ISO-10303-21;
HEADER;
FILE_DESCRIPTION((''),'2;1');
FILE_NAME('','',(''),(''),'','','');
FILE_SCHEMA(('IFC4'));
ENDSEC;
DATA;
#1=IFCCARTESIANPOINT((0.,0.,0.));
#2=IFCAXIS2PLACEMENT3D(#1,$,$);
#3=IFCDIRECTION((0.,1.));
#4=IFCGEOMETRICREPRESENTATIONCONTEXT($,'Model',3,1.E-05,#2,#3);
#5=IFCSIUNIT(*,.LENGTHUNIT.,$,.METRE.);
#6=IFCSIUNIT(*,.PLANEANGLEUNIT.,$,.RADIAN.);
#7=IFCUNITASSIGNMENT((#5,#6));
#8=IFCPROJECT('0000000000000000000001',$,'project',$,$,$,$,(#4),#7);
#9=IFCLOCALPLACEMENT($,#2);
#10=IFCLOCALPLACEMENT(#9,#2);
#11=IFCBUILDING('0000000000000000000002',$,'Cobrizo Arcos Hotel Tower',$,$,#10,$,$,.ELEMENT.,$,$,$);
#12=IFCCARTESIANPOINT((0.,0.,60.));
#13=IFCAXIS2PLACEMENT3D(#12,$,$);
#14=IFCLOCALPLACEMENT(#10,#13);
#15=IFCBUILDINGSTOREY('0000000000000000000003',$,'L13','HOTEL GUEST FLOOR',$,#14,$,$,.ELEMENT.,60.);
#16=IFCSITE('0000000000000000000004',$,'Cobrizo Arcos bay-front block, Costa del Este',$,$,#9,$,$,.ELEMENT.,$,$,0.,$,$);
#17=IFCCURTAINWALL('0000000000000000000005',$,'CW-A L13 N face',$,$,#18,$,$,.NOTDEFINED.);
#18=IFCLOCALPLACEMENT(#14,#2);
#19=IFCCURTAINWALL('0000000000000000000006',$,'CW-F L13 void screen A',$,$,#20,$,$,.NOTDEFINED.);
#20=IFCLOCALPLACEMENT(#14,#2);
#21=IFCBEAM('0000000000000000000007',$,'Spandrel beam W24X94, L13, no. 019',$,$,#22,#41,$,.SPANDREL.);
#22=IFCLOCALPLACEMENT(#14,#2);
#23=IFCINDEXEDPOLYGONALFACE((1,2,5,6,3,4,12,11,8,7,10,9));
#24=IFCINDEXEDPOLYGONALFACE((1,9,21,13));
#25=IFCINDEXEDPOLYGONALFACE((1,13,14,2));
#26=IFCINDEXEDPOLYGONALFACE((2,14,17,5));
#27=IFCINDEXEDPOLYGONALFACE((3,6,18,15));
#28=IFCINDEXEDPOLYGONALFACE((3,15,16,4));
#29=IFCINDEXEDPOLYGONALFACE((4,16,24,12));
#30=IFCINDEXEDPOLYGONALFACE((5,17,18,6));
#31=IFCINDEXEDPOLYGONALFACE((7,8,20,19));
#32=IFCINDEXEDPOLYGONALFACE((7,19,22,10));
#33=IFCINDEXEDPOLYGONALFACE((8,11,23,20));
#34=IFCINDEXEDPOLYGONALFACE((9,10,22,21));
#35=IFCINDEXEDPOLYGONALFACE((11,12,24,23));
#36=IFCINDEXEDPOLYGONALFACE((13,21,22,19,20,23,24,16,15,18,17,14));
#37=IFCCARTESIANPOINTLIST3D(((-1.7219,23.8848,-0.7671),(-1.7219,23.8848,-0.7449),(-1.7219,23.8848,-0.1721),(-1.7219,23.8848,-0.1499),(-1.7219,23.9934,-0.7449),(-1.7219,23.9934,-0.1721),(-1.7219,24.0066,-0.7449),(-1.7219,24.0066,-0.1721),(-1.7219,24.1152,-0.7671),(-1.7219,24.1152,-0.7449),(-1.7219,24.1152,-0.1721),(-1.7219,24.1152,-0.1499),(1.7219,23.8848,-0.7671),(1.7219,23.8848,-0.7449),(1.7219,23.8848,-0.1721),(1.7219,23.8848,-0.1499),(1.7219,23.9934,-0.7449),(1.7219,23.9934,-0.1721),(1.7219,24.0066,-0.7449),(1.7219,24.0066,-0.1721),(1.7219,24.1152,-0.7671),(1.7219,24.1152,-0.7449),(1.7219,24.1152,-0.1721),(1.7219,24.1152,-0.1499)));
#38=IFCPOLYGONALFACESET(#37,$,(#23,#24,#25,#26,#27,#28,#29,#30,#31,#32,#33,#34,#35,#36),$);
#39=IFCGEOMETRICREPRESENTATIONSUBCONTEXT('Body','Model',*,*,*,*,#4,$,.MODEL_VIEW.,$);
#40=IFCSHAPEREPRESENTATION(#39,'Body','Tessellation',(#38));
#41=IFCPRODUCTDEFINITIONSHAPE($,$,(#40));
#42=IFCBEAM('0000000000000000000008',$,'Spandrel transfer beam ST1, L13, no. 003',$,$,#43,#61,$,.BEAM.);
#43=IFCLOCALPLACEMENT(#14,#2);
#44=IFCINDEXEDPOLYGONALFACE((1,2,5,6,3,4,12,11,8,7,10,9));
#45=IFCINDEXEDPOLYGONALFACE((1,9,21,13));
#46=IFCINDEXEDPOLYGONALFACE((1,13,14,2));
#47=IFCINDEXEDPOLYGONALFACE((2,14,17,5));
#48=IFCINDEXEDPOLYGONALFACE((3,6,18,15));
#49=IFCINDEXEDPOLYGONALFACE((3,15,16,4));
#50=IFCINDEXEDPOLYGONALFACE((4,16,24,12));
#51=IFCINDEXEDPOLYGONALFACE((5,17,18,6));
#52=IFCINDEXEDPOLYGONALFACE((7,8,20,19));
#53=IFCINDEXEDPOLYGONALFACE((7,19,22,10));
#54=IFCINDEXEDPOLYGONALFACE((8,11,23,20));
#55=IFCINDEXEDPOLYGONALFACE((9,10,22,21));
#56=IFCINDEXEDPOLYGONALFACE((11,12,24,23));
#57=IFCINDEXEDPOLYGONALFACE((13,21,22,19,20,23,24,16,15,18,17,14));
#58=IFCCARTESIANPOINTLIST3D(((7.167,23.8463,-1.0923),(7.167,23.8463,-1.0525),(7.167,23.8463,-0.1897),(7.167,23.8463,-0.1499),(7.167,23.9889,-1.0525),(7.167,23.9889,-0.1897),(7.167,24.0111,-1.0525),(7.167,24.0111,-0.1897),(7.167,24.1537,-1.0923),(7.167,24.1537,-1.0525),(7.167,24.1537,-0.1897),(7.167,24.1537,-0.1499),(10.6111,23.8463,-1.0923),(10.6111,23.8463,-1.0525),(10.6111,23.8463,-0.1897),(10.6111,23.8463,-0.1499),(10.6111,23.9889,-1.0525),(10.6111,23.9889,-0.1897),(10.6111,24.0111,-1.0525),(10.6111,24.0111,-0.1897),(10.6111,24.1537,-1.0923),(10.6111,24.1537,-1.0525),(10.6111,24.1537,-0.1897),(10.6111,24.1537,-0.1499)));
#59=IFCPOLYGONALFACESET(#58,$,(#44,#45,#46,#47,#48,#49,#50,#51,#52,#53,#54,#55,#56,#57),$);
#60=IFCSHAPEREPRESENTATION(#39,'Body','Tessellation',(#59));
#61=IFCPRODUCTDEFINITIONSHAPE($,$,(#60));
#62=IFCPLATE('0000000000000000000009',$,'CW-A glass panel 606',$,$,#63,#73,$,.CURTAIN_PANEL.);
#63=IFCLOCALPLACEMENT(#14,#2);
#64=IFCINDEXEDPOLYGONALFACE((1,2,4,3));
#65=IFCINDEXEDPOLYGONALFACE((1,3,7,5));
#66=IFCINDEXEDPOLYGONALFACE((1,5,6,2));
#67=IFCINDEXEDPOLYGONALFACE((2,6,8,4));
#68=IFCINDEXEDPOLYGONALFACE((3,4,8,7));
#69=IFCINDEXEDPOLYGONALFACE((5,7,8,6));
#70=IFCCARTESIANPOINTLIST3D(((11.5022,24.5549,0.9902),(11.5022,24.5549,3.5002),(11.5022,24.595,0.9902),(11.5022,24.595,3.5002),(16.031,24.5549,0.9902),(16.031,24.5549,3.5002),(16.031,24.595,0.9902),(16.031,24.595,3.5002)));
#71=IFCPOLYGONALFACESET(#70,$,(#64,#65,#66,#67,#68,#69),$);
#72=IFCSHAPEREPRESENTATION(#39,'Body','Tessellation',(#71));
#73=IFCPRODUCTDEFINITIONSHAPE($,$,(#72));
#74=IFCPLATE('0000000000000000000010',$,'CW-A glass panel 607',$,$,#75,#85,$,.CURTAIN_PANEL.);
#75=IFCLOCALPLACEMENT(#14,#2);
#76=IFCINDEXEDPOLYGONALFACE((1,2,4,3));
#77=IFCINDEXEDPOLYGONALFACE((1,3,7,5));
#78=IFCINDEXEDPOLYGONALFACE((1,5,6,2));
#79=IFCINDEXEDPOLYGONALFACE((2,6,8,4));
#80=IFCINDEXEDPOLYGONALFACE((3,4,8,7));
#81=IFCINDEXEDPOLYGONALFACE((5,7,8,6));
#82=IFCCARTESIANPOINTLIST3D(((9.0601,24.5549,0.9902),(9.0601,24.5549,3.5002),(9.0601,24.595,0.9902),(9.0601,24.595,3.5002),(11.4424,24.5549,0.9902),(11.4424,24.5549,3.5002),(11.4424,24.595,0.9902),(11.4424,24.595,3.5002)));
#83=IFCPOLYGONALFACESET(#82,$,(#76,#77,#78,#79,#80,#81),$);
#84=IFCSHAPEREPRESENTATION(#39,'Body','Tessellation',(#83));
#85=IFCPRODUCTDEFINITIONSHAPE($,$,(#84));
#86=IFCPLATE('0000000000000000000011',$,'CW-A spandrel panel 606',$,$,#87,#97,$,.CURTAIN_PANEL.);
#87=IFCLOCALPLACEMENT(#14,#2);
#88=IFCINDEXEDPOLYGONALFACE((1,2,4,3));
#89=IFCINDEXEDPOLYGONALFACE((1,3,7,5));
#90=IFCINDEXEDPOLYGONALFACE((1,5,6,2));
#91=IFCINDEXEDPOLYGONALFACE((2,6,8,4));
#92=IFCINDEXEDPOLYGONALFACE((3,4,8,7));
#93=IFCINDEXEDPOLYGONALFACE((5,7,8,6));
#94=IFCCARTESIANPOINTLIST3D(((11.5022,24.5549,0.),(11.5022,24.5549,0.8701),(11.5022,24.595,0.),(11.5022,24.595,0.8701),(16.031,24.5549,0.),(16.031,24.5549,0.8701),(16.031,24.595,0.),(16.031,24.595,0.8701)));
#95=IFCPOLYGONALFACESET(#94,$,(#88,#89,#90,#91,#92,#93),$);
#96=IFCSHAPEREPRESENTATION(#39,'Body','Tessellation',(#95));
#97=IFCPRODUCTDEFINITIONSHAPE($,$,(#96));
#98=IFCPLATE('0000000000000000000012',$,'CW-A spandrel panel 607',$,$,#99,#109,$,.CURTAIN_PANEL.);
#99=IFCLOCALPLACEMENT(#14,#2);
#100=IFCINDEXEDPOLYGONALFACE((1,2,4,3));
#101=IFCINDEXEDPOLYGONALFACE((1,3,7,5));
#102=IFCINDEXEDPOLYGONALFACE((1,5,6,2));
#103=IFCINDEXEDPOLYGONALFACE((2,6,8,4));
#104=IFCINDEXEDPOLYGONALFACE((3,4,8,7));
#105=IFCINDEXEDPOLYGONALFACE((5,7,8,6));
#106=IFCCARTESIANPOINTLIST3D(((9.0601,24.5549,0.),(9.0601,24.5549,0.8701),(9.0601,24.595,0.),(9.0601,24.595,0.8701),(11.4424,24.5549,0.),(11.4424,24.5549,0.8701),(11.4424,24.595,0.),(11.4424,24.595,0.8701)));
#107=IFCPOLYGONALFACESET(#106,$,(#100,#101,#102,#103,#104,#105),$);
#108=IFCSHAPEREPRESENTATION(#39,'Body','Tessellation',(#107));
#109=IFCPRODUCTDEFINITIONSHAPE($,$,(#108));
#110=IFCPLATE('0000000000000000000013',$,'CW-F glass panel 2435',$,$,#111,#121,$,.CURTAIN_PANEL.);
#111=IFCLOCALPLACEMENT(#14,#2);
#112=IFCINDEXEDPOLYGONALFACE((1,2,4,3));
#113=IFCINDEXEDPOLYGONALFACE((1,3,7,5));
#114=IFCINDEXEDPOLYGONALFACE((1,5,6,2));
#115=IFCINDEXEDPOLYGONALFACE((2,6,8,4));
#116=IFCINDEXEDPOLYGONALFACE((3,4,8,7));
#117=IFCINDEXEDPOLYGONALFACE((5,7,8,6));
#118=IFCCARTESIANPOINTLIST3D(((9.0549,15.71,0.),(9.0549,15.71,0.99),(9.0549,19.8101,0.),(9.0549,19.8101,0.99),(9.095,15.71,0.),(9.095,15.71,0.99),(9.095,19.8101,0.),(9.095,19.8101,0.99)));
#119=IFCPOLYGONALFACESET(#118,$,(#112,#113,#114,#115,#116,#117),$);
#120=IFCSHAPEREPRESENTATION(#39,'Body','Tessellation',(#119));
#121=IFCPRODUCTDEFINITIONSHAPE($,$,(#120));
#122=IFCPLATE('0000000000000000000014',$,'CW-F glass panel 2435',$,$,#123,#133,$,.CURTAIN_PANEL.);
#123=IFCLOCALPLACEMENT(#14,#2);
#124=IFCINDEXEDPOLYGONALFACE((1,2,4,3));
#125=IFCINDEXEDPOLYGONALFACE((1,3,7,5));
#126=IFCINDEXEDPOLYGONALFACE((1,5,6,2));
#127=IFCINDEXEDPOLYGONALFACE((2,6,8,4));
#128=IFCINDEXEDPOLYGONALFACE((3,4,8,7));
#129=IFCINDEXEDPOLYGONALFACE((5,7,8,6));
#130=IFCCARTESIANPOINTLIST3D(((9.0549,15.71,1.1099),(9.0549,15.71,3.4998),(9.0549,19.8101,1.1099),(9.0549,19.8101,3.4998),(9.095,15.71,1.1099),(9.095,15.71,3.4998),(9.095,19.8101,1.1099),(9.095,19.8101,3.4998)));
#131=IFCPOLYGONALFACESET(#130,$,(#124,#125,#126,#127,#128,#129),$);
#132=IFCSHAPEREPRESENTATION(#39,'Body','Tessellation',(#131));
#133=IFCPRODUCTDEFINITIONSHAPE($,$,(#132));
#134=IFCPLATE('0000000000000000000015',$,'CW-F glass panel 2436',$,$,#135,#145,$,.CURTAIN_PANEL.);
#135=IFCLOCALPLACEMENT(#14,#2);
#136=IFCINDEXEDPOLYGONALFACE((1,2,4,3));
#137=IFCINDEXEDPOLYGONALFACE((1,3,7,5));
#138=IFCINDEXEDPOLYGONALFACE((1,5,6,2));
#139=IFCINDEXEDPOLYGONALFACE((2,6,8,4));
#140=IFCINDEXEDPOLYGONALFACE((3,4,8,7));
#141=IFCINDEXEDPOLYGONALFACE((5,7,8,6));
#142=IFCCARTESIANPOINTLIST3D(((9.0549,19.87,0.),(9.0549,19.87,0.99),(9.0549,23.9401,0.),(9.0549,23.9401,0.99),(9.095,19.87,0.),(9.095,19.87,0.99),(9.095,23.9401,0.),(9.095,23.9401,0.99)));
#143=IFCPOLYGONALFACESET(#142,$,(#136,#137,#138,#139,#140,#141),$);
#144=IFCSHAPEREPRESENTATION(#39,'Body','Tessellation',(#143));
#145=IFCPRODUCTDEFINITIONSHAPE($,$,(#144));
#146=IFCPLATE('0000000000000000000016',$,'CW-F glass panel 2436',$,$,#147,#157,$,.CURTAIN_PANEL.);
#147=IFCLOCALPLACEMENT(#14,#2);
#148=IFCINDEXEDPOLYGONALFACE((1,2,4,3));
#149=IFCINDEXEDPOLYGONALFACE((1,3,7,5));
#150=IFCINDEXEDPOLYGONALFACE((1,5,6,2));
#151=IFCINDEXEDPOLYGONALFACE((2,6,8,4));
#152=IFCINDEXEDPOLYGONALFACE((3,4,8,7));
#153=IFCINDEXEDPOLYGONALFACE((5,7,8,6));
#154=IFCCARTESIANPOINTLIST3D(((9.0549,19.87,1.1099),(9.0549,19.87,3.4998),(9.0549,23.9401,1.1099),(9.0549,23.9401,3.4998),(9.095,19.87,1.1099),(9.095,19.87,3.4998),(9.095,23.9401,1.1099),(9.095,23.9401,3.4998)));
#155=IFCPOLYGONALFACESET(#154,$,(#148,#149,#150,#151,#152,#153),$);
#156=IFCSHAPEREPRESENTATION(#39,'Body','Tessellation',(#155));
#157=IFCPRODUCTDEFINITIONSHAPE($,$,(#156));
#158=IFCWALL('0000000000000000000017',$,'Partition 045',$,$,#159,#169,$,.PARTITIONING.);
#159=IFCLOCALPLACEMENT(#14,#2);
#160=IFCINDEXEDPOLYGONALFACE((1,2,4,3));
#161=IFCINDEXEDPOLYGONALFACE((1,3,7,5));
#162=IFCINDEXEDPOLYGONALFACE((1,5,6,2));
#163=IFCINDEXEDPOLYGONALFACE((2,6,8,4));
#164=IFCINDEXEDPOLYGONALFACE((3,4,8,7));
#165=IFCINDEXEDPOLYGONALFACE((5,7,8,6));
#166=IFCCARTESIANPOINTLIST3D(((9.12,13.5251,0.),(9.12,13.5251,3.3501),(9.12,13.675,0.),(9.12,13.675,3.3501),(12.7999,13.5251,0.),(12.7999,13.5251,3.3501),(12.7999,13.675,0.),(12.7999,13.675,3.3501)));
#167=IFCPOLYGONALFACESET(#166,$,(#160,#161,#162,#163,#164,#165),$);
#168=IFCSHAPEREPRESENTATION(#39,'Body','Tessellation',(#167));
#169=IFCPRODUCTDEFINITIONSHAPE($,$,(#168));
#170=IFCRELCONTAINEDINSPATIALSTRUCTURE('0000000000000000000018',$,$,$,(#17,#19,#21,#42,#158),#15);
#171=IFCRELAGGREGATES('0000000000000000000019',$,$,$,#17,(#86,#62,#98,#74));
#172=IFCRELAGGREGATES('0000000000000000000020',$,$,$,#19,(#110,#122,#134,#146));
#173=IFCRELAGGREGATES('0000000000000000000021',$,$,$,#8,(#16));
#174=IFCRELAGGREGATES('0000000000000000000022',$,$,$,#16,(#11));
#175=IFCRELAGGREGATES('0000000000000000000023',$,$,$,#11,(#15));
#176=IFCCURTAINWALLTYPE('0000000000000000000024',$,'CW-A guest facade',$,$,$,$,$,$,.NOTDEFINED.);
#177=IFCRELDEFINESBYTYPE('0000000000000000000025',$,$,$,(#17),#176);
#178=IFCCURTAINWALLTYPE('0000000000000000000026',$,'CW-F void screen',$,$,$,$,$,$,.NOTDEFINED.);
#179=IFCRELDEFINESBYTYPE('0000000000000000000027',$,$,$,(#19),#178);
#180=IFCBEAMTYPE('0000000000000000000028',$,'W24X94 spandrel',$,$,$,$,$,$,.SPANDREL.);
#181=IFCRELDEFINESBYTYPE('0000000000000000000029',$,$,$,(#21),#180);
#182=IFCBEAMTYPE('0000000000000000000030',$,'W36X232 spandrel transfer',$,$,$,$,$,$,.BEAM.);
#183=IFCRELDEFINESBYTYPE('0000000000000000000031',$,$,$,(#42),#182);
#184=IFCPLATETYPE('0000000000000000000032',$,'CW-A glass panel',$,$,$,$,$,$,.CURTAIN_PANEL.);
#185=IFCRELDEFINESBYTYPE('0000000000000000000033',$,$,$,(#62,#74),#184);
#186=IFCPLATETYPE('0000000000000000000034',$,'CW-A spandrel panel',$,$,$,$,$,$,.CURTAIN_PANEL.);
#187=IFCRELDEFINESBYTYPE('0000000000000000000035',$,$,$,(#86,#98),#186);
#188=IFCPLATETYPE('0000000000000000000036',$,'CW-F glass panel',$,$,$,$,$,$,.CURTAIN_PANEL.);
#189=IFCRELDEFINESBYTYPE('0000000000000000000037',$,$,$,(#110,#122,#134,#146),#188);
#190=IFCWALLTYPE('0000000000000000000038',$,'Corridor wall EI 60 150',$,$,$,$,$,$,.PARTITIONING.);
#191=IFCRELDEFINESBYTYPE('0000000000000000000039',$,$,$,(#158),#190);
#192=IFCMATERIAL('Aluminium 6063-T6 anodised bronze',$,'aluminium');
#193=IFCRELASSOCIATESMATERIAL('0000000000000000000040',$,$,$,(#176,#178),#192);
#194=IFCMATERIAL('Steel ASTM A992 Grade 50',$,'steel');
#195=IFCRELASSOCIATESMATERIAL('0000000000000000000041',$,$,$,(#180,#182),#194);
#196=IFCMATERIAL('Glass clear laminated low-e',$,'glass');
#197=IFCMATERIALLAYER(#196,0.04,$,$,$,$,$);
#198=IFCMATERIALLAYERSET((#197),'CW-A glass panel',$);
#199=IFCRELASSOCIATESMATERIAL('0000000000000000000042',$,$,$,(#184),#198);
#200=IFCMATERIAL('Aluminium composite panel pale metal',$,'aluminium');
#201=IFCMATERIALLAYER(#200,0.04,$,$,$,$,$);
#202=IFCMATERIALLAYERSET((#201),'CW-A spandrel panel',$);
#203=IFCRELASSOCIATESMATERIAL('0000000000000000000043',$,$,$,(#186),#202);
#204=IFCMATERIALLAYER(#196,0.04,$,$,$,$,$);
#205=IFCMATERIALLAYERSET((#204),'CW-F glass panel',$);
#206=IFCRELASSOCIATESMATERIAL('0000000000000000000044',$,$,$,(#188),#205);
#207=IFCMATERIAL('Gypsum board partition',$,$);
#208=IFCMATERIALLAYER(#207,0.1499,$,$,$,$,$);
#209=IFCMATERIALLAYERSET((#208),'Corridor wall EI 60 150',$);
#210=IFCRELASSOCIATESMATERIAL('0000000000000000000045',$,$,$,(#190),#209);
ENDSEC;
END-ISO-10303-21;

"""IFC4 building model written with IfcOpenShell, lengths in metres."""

from ifc_helpers import new_model, si_unit, direction, frame, frame_2d, origin, origin_2d, place, context, subcontext, project, spatial, rectangle, i_section, extrude, material, layer, layer_set, material_profile, profile_set, type_object, element, aggregate, save


model = new_model("IFC4")

# Units and contexts
model_context = context("Model", 3, precision=1e-05, world=origin(), true_north=direction((0.0, 1.0)))
body_context = subcontext(model_context, "Body", "Model", "MODEL_VIEW")
ifc_project = project(units=[si_unit("LENGTHUNIT", "METRE"), si_unit("PLANEANGLEUNIT", "RADIAN")], contexts=[model_context])

# Site, building, storey
site_placement = place(None, origin())
site = spatial("IfcSite", under=ifc_project, at=site_placement, Name="Cobrizo Arcos bay-front block, Costa del Este", CompositionType="ELEMENT", RefElevation=0.0)
building_placement = place(site_placement, origin())
building = spatial("IfcBuilding", under=site, at=building_placement, Name="Cobrizo Arcos Hotel Tower", CompositionType="ELEMENT")
storey_placement = place(building_placement, frame((0.0, 0.0, 60.0)))
storey = spatial("IfcBuildingStorey", under=building, at=storey_placement, Name="L13", Description="HOTEL GUEST FLOOR", CompositionType="ELEMENT", Elevation=60.0)

# Curtain walls
ifc_material_1 = material(Name="Aluminium 6063-T6 anodised bronze", Category="aluminium")
curtain_wall_type_1 = type_object("IfcCurtainWallType", Name="CW-A guest facade", PredefinedType="NOTDEFINED", material=ifc_material_1)
curtain_wall_1_placement = place(storey_placement, origin())
curtain_wall_1 = element("IfcCurtainWall", 1, at=curtain_wall_1_placement, inside=storey, type_object=curtain_wall_type_1, Name="CW-A L13 N face", PredefinedType="NOTDEFINED")
curtain_wall_type_2 = type_object("IfcCurtainWallType", Name="CW-F void screen", PredefinedType="NOTDEFINED", material=ifc_material_1)
curtain_wall_2_placement = place(storey_placement, origin())
curtain_wall_2 = element("IfcCurtainWall", 2, at=curtain_wall_2_placement, inside=storey, type_object=curtain_wall_type_2, Name="CW-F L13 void screen A", PredefinedType="NOTDEFINED")

# Beams
ifc_material_2 = material(Name="Steel ASTM A992 Grade 50", Category="steel")
ifc_material_profile_1 = material_profile(ifc_material_2, i_section(OverallWidth=0.2305, OverallDepth=0.6172, WebThickness=0.0132, FlangeThickness=0.0222, at=origin_2d()), Name="W24X94")
ifc_profile_set_1 = profile_set([ifc_material_profile_1], Name="Steel ASTM A992 Grade 50")
beam_type_1 = type_object("IfcBeamType", Name="W24X94 spandrel", PredefinedType="SPANDREL", material=ifc_profile_set_1)
beam_1_placement = place(storey_placement, frame((1.7219, 24.0, -0.4585), z_axis=(-1.0, 0.0, 0.0), x_axis=(0.0, -1.0, 0.0)))
element("IfcBeam", 3, at=beam_1_placement, inside=storey, type_object=beam_type_1, Name="Spandrel beam W24X94, L13, no. 019", PredefinedType="SPANDREL", context=body_context, shape_type="SweptSolid", body=[
    extrude(i_section(OverallWidth=0.2305, OverallDepth=0.6172, WebThickness=0.0132, FlangeThickness=0.0222, at=origin_2d()), origin(), (0.0, 0.0, 1.0), 3.4438),
])
ifc_material_profile_2 = material_profile(ifc_material_2, i_section(OverallWidth=0.3074, OverallDepth=0.9424, WebThickness=0.0222, FlangeThickness=0.0398, at=origin_2d()), Name="W36X232")
ifc_profile_set_2 = profile_set([ifc_material_profile_2], Name="Steel ASTM A992 Grade 50")
beam_type_2 = type_object("IfcBeamType", Name="W36X232 spandrel transfer", PredefinedType="BEAM", material=ifc_profile_set_2)
beam_2_placement = place(storey_placement, frame((10.6111, 24.0, -0.6211), z_axis=(-1.0, 0.0, 0.0), x_axis=(0.0, -1.0, 0.0)))
element("IfcBeam", 4, at=beam_2_placement, inside=storey, type_object=beam_type_2, Name="Spandrel transfer beam ST1, L13, no. 003", PredefinedType="BEAM", context=body_context, shape_type="SweptSolid", body=[
    extrude(i_section(OverallWidth=0.3074, OverallDepth=0.9424, WebThickness=0.0222, FlangeThickness=0.0398, at=origin_2d()), origin(), (0.0, 0.0, 1.0), 3.4441),
])

# Plates
ifc_material_3 = material(Name="Glass clear laminated low-e", Category="glass")
ifc_layer_1 = layer(ifc_material_3, 0.04)
ifc_layer_set_1 = layer_set([ifc_layer_1], Name="CW-A glass panel")
plate_type_1 = type_object("IfcPlateType", Name="CW-A glass panel", PredefinedType="CURTAIN_PANEL", material=ifc_layer_set_1)
plate_1_placement = place(storey_placement, frame((13.7666, 24.575, 0.9902), z_axis=(0.0, 0.0, 1.0), x_axis=(-1.0, 0.0, 0.0)))
plate_1 = element("IfcPlate", 5, at=plate_1_placement, type_object=plate_type_1, Name="CW-A glass panel 606", PredefinedType="CURTAIN_PANEL", context=body_context, shape_type="SweptSolid", body=[
    extrude(rectangle(XDim=4.5288, YDim=0.04, at=origin_2d()), origin(), (0.0, 0.0, 1.0), 2.51),
])
plate_2_placement = place(storey_placement, frame((10.2512, 24.575, 0.9902), z_axis=(0.0, 0.0, 1.0), x_axis=(-1.0, 0.0, 0.0)))
plate_2 = element("IfcPlate", 6, at=plate_2_placement, type_object=plate_type_1, Name="CW-A glass panel 607", PredefinedType="CURTAIN_PANEL", context=body_context, shape_type="SweptSolid", body=[
    extrude(rectangle(XDim=2.3823, YDim=0.04, at=origin_2d()), origin(), (0.0, 0.0, 1.0), 2.51),
])
ifc_material_4 = material(Name="Aluminium composite panel pale metal", Category="aluminium")
ifc_layer_2 = layer(ifc_material_4, 0.04)
ifc_layer_set_2 = layer_set([ifc_layer_2], Name="CW-A spandrel panel")
plate_type_2 = type_object("IfcPlateType", Name="CW-A spandrel panel", PredefinedType="CURTAIN_PANEL", material=ifc_layer_set_2)
plate_3_placement = place(storey_placement, frame((13.7666, 24.575, 0.0), z_axis=(0.0, 0.0, 1.0), x_axis=(-1.0, 0.0, 0.0)))
plate_3 = element("IfcPlate", 7, at=plate_3_placement, type_object=plate_type_2, Name="CW-A spandrel panel 606", PredefinedType="CURTAIN_PANEL", context=body_context, shape_type="SweptSolid", body=[
    extrude(rectangle(XDim=4.5288, YDim=0.04, at=origin_2d()), origin(), (0.0, 0.0, 1.0), 0.8701),
])
plate_4_placement = place(storey_placement, frame((10.2512, 24.575, 0.0), z_axis=(0.0, 0.0, 1.0), x_axis=(-1.0, 0.0, 0.0)))
plate_4 = element("IfcPlate", 8, at=plate_4_placement, type_object=plate_type_2, Name="CW-A spandrel panel 607", PredefinedType="CURTAIN_PANEL", context=body_context, shape_type="SweptSolid", body=[
    extrude(rectangle(XDim=2.3823, YDim=0.04, at=origin_2d()), origin(), (0.0, 0.0, 1.0), 0.8701),
])
aggregate(curtain_wall_1, [plate_3, plate_1, plate_4, plate_2])
ifc_layer_3 = layer(ifc_material_3, 0.04)
ifc_layer_set_3 = layer_set([ifc_layer_3], Name="CW-F glass panel")
plate_type_3 = type_object("IfcPlateType", Name="CW-F glass panel", PredefinedType="CURTAIN_PANEL", material=ifc_layer_set_3)
plate_5_placement = place(storey_placement, frame((9.075, 17.76, 0.0), z_axis=(0.0, 0.0, 1.0), x_axis=(0.0, 1.0, 0.0)))
plate_5 = element("IfcPlate", 9, at=plate_5_placement, type_object=plate_type_3, Name="CW-F glass panel 2435", PredefinedType="CURTAIN_PANEL", context=body_context, shape_type="SweptSolid", body=[
    extrude(rectangle(XDim=4.1001, YDim=0.04, at=origin_2d()), origin(), (0.0, 0.0, 1.0), 0.99),
])
plate_6_placement = place(storey_placement, frame((9.075, 17.76, 1.1099), z_axis=(0.0, 0.0, 1.0), x_axis=(0.0, 1.0, 0.0)))
plate_6 = element("IfcPlate", 10, at=plate_6_placement, type_object=plate_type_3, Name="CW-F glass panel 2435", PredefinedType="CURTAIN_PANEL", context=body_context, shape_type="SweptSolid", body=[
    extrude(rectangle(XDim=4.1001, YDim=0.04, at=origin_2d()), origin(), (0.0, 0.0, 1.0), 2.3899),
])
plate_7_placement = place(storey_placement, frame((9.075, 21.905, 0.0), z_axis=(0.0, 0.0, 1.0), x_axis=(0.0, 1.0, 0.0)))
plate_7 = element("IfcPlate", 11, at=plate_7_placement, type_object=plate_type_3, Name="CW-F glass panel 2436", PredefinedType="CURTAIN_PANEL", context=body_context, shape_type="SweptSolid", body=[
    extrude(rectangle(XDim=4.0701, YDim=0.04, at=origin_2d()), origin(), (0.0, 0.0, 1.0), 0.99),
])
plate_8_placement = place(storey_placement, frame((9.075, 21.905, 1.1099), z_axis=(0.0, 0.0, 1.0), x_axis=(0.0, 1.0, 0.0)))
plate_8 = element("IfcPlate", 12, at=plate_8_placement, type_object=plate_type_3, Name="CW-F glass panel 2436", PredefinedType="CURTAIN_PANEL", context=body_context, shape_type="SweptSolid", body=[
    extrude(rectangle(XDim=4.0701, YDim=0.04, at=origin_2d()), origin(), (0.0, 0.0, 1.0), 2.3899),
])
aggregate(curtain_wall_2, [plate_5, plate_6, plate_7, plate_8])

# Wall
ifc_material_5 = material(Name="Gypsum board partition")
ifc_layer_4 = layer(ifc_material_5, 0.1499)
ifc_layer_set_4 = layer_set([ifc_layer_4], Name="Corridor wall EI 60 150")
wall_type_1 = type_object("IfcWallType", Name="Corridor wall EI 60 150", PredefinedType="PARTITIONING", material=ifc_layer_set_4)
wall_1_placement = place(storey_placement, frame((9.1201, 13.6001, 0.0), z_axis=(0.0, 0.0, 1.0), x_axis=(1.0, 0.0, 0.0)))
element("IfcWall", 13, at=wall_1_placement, inside=storey, type_object=wall_type_1, Name="Partition 045", PredefinedType="PARTITIONING", context=body_context, shape_type="SweptSolid", body=[
    extrude(rectangle(XDim=3.6799, YDim=0.1499, at=frame_2d((1.8398, 0.0))), origin(), (0.0, 0.0, 1.0), 3.3501),
])

save(model, "model.ifc")
